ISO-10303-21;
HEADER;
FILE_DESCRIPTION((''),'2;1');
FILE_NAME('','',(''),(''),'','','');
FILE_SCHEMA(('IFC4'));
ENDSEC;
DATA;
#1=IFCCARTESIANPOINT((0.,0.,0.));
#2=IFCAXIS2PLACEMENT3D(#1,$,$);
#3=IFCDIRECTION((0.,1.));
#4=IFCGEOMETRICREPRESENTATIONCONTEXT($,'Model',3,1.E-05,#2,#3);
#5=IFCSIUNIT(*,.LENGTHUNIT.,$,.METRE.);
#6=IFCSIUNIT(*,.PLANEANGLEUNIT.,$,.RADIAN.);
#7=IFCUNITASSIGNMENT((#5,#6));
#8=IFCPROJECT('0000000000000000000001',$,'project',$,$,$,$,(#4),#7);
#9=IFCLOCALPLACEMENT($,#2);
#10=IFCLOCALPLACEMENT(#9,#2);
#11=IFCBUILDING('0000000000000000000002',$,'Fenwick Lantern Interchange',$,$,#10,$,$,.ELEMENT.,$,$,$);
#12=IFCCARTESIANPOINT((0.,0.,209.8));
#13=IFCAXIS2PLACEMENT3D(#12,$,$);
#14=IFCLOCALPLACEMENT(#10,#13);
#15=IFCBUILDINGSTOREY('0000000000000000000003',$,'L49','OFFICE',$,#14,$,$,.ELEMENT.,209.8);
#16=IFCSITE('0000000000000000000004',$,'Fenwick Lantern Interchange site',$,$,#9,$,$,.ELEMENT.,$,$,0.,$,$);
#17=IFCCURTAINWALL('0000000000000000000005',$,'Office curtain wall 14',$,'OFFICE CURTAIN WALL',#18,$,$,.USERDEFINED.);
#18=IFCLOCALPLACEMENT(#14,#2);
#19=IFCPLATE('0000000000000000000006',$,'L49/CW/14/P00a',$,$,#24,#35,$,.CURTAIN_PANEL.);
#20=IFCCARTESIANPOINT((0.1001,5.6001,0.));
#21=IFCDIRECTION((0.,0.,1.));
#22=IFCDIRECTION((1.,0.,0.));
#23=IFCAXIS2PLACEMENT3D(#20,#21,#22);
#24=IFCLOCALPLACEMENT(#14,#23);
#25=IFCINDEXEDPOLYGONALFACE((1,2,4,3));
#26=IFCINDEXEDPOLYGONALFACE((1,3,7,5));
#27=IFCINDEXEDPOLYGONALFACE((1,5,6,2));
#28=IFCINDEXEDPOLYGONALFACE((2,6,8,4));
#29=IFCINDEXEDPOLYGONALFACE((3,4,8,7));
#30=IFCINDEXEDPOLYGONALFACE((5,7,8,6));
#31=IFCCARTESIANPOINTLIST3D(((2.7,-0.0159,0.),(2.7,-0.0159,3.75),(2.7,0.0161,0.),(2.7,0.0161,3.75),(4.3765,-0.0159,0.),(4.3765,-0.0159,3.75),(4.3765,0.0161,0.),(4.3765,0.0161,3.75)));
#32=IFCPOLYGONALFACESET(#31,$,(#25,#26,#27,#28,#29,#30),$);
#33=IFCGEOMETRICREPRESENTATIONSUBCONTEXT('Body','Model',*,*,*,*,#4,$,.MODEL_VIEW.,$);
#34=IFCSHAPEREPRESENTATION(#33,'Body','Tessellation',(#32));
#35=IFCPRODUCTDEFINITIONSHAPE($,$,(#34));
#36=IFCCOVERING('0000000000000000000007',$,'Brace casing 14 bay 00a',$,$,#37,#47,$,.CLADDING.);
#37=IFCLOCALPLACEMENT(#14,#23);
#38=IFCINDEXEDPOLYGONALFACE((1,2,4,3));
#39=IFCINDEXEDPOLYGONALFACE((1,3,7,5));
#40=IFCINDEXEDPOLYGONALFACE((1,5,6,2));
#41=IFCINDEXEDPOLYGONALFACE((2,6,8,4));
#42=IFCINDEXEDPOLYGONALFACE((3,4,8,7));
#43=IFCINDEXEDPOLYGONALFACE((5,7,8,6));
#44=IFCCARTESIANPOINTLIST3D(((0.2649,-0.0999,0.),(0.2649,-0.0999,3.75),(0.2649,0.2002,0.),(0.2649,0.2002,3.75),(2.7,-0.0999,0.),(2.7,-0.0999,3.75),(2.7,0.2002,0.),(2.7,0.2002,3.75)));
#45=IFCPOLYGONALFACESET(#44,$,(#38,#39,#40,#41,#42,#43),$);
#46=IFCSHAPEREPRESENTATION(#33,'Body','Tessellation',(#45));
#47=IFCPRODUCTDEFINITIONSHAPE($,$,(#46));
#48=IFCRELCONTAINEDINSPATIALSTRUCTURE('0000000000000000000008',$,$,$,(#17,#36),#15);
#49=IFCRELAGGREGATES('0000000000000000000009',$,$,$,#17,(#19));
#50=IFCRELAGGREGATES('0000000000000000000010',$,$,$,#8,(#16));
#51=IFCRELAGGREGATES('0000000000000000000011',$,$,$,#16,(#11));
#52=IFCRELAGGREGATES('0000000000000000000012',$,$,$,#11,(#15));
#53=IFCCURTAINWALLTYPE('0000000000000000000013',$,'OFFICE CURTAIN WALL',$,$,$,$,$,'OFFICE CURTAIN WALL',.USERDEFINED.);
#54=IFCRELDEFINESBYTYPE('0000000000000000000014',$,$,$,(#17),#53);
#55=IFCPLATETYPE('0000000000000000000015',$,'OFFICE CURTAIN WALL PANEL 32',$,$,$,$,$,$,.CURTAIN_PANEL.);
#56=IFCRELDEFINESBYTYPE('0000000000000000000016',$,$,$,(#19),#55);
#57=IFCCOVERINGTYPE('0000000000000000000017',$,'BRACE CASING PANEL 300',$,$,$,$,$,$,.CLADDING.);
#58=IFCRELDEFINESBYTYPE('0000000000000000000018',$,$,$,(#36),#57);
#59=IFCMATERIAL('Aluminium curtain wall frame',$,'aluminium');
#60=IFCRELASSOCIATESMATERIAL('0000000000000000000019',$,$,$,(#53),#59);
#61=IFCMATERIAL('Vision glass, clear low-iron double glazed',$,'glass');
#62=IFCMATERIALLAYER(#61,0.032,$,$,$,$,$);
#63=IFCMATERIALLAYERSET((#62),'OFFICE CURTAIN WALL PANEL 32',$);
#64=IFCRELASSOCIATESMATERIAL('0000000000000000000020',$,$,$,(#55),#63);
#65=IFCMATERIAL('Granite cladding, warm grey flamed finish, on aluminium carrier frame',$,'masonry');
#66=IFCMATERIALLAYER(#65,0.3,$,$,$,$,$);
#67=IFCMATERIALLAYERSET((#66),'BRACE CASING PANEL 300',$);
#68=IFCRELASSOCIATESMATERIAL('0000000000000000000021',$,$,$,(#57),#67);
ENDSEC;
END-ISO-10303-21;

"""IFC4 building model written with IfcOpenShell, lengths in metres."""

from ifc_helpers import new_model, si_unit, direction, frame, origin, place, context, subcontext, project, spatial, polyline, outline, extrude, material, layer, layer_set, type_object, element, aggregate, save


model = new_model("IFC4")

# Units and contexts
model_context = context("Model", 3, precision=1e-05, world=origin(), true_north=direction((0.0, 1.0)))
body_context = subcontext(model_context, "Body", "Model", "MODEL_VIEW")
ifc_project = project(units=[si_unit("LENGTHUNIT", "METRE"), si_unit("PLANEANGLEUNIT", "RADIAN")], contexts=[model_context])

# Site, building, storey
site_placement = place(None, origin())
site = spatial("IfcSite", under=ifc_project, at=site_placement, Name="Fenwick Lantern Interchange site", CompositionType="ELEMENT", RefElevation=0.0)
building_placement = place(site_placement, origin())
building = spatial("IfcBuilding", under=site, at=building_placement, Name="Fenwick Lantern Interchange", CompositionType="ELEMENT")
storey_placement = place(building_placement, frame((0.0, 0.0, 209.8)))
storey = spatial("IfcBuildingStorey", under=building, at=storey_placement, Name="L49", Description="OFFICE", CompositionType="ELEMENT", Elevation=209.8)

# Shared definitions
ifc_material_1 = material(Name="Aluminium curtain wall frame", Category="aluminium")
curtain_wall_type = type_object("IfcCurtainWallType", Name="OFFICE CURTAIN WALL", ElementType="OFFICE CURTAIN WALL", PredefinedType="USERDEFINED", material=ifc_material_1)

# Curtain wall, plate
curtain_wall_1_placement = place(storey_placement, origin())
curtain_wall_1 = element("IfcCurtainWall", 1, at=curtain_wall_1_placement, inside=storey, type_object=curtain_wall_type, Name="Office curtain wall 14", ObjectType="OFFICE CURTAIN WALL", PredefinedType="USERDEFINED")
ifc_material_2 = material(Name="Vision glass, clear low-iron double glazed", Category="glass")
ifc_layer_1 = layer(ifc_material_2, 0.032)
ifc_layer_set_1 = layer_set([ifc_layer_1], Name="OFFICE CURTAIN WALL PANEL 32")
plate_type = type_object("IfcPlateType", Name="OFFICE CURTAIN WALL PANEL 32", PredefinedType="CURTAIN_PANEL", material=ifc_layer_set_1)
plate_placement = place(storey_placement, frame((0.1001, 5.6001, 0.0), z_axis=(0.0, 0.0, 1.0), x_axis=(1.0, 0.0, 0.0)))
plate = element("IfcPlate", 2, at=plate_placement, type_object=plate_type, Name="L49/CW/14/P00a", PredefinedType="CURTAIN_PANEL", context=body_context, shape_type="SweptSolid", body=[
    extrude(outline(polyline([(2.7, 0.0), (4.3765, 0.0), (4.3765, 3.75), (2.7, 3.75), (2.7, 0.0)])), frame((0.0, 0.0161, 0.0), z_axis=(0.0, -1.0, 0.0), x_axis=(1.0, 0.0, 0.0)), (0.0, 0.0, 1.0), 0.032),
])
aggregate(curtain_wall_1, [plate])

# Covering
ifc_material_3 = material(Name="Granite cladding, warm grey flamed finish, on aluminium carrier frame", Category="masonry")
ifc_layer_2 = layer(ifc_material_3, 0.3)
ifc_layer_set_2 = layer_set([ifc_layer_2], Name="BRACE CASING PANEL 300")
covering_type_1 = type_object("IfcCoveringType", Name="BRACE CASING PANEL 300", PredefinedType="CLADDING", material=ifc_layer_set_2)
covering_1_placement = place(storey_placement, frame((0.1001, 5.6001, 0.0), z_axis=(0.0, 0.0, 1.0), x_axis=(1.0, 0.0, 0.0)))
element("IfcCovering", 3, at=covering_1_placement, inside=storey, type_object=covering_type_1, Name="Brace casing 14 bay 00a", PredefinedType="CLADDING", context=body_context, shape_type="SweptSolid", body=[
    extrude(outline(polyline([(0.2649, 0.0), (2.7, 0.0), (2.7, 3.75), (0.2649, 3.75), (0.2649, 0.0)])), frame((0.0, 0.2002, 0.0), z_axis=(0.0, -1.0, 0.0), x_axis=(1.0, 0.0, 0.0)), (0.0, 0.0, 1.0), 0.3),
])

save(model, "model.ifc")
